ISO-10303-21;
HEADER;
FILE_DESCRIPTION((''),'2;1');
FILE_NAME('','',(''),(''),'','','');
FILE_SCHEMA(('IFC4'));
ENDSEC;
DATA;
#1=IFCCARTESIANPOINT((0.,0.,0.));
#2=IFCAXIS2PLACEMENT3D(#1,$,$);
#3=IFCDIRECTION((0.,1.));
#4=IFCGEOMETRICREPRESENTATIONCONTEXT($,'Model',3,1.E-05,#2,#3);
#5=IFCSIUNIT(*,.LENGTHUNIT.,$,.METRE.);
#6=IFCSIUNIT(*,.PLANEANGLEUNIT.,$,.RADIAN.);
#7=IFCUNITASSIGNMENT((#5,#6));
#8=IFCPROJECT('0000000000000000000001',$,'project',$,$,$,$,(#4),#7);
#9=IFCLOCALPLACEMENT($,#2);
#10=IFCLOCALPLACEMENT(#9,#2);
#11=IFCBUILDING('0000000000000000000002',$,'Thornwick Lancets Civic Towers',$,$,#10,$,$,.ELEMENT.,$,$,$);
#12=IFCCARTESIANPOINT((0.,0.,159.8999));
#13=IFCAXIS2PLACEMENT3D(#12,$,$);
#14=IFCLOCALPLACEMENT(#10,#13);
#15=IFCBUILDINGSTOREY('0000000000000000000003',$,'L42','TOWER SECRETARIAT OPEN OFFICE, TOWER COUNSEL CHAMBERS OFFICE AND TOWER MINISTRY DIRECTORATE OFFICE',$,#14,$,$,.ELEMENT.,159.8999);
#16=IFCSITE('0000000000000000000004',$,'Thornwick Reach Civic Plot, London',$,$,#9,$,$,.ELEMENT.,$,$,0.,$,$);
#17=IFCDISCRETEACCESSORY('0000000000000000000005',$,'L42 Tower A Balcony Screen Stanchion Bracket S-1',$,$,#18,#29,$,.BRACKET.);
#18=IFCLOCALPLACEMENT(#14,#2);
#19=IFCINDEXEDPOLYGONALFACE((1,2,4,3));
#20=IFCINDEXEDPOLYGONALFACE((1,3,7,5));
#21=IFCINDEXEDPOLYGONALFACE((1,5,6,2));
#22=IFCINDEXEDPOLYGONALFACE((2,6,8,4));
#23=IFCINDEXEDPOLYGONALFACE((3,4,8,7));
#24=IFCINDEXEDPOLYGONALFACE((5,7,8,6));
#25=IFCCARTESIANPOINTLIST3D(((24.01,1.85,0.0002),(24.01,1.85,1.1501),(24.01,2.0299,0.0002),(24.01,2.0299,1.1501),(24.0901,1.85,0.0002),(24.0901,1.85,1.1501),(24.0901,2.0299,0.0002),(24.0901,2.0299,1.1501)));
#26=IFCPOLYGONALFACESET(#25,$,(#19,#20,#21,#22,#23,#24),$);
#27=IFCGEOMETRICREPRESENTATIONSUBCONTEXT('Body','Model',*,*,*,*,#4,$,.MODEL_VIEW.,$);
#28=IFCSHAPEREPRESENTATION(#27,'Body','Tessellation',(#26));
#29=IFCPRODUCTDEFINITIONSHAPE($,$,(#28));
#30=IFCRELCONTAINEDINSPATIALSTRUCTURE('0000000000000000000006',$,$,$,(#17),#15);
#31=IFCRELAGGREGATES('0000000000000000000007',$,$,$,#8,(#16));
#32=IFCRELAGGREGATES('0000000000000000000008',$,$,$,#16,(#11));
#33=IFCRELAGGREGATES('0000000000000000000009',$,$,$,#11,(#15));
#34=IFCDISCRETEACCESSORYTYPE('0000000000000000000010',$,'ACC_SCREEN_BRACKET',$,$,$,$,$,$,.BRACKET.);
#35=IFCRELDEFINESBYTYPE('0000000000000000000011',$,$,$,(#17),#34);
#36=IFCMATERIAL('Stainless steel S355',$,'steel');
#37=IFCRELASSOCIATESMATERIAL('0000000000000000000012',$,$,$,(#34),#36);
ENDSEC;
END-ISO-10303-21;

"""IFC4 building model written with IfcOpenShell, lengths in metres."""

from ifc_helpers import new_model, si_unit, direction, frame, origin, origin_2d, place, context, subcontext, project, spatial, rectangle, extrude, material, type_object, element, save


model = new_model("IFC4")

# Units and contexts
model_context = context("Model", 3, precision=1e-05, world=origin(), true_north=direction((0.0, 1.0)))
body_context = subcontext(model_context, "Body", "Model", "MODEL_VIEW")
ifc_project = project(units=[si_unit("LENGTHUNIT", "METRE"), si_unit("PLANEANGLEUNIT", "RADIAN")], contexts=[model_context])

# Site, building, storey
site_placement = place(None, origin())
site = spatial("IfcSite", under=ifc_project, at=site_placement, Name="Thornwick Reach Civic Plot, London", CompositionType="ELEMENT", RefElevation=0.0)
building_placement = place(site_placement, origin())
building = spatial("IfcBuilding", under=site, at=building_placement, Name="Thornwick Lancets Civic Towers", CompositionType="ELEMENT")
storey_placement = place(building_placement, frame((0.0, 0.0, 159.8999)))
storey = spatial("IfcBuildingStorey", under=building, at=storey_placement, Name="L42", Description="TOWER SECRETARIAT OPEN OFFICE, TOWER COUNSEL CHAMBERS OFFICE AND TOWER MINISTRY DIRECTORATE OFFICE", CompositionType="ELEMENT", Elevation=159.8999)

# Discrete accessory
ifc_material_1 = material(Name="Stainless steel S355", Category="steel")
discrete_accessory_type = type_object("IfcDiscreteAccessoryType", Name="ACC_SCREEN_BRACKET", PredefinedType="BRACKET", material=ifc_material_1)
discrete_accessory_placement = place(storey_placement, frame((24.05, 1.9399, 0.0002), z_axis=(0.0, 0.0, 1.0), x_axis=(1.0, 0.0, 0.0)))
element("IfcDiscreteAccessory", 1, at=discrete_accessory_placement, inside=storey, type_object=discrete_accessory_type, Name="L42 Tower A Balcony Screen Stanchion Bracket S-1", PredefinedType="BRACKET", context=body_context, shape_type="SweptSolid", body=[
    extrude(rectangle(XDim=0.0801, YDim=0.1799, at=origin_2d()), origin(), (0.0, 0.0, 1.0), 1.1499),
])

save(model, "model.ifc")
